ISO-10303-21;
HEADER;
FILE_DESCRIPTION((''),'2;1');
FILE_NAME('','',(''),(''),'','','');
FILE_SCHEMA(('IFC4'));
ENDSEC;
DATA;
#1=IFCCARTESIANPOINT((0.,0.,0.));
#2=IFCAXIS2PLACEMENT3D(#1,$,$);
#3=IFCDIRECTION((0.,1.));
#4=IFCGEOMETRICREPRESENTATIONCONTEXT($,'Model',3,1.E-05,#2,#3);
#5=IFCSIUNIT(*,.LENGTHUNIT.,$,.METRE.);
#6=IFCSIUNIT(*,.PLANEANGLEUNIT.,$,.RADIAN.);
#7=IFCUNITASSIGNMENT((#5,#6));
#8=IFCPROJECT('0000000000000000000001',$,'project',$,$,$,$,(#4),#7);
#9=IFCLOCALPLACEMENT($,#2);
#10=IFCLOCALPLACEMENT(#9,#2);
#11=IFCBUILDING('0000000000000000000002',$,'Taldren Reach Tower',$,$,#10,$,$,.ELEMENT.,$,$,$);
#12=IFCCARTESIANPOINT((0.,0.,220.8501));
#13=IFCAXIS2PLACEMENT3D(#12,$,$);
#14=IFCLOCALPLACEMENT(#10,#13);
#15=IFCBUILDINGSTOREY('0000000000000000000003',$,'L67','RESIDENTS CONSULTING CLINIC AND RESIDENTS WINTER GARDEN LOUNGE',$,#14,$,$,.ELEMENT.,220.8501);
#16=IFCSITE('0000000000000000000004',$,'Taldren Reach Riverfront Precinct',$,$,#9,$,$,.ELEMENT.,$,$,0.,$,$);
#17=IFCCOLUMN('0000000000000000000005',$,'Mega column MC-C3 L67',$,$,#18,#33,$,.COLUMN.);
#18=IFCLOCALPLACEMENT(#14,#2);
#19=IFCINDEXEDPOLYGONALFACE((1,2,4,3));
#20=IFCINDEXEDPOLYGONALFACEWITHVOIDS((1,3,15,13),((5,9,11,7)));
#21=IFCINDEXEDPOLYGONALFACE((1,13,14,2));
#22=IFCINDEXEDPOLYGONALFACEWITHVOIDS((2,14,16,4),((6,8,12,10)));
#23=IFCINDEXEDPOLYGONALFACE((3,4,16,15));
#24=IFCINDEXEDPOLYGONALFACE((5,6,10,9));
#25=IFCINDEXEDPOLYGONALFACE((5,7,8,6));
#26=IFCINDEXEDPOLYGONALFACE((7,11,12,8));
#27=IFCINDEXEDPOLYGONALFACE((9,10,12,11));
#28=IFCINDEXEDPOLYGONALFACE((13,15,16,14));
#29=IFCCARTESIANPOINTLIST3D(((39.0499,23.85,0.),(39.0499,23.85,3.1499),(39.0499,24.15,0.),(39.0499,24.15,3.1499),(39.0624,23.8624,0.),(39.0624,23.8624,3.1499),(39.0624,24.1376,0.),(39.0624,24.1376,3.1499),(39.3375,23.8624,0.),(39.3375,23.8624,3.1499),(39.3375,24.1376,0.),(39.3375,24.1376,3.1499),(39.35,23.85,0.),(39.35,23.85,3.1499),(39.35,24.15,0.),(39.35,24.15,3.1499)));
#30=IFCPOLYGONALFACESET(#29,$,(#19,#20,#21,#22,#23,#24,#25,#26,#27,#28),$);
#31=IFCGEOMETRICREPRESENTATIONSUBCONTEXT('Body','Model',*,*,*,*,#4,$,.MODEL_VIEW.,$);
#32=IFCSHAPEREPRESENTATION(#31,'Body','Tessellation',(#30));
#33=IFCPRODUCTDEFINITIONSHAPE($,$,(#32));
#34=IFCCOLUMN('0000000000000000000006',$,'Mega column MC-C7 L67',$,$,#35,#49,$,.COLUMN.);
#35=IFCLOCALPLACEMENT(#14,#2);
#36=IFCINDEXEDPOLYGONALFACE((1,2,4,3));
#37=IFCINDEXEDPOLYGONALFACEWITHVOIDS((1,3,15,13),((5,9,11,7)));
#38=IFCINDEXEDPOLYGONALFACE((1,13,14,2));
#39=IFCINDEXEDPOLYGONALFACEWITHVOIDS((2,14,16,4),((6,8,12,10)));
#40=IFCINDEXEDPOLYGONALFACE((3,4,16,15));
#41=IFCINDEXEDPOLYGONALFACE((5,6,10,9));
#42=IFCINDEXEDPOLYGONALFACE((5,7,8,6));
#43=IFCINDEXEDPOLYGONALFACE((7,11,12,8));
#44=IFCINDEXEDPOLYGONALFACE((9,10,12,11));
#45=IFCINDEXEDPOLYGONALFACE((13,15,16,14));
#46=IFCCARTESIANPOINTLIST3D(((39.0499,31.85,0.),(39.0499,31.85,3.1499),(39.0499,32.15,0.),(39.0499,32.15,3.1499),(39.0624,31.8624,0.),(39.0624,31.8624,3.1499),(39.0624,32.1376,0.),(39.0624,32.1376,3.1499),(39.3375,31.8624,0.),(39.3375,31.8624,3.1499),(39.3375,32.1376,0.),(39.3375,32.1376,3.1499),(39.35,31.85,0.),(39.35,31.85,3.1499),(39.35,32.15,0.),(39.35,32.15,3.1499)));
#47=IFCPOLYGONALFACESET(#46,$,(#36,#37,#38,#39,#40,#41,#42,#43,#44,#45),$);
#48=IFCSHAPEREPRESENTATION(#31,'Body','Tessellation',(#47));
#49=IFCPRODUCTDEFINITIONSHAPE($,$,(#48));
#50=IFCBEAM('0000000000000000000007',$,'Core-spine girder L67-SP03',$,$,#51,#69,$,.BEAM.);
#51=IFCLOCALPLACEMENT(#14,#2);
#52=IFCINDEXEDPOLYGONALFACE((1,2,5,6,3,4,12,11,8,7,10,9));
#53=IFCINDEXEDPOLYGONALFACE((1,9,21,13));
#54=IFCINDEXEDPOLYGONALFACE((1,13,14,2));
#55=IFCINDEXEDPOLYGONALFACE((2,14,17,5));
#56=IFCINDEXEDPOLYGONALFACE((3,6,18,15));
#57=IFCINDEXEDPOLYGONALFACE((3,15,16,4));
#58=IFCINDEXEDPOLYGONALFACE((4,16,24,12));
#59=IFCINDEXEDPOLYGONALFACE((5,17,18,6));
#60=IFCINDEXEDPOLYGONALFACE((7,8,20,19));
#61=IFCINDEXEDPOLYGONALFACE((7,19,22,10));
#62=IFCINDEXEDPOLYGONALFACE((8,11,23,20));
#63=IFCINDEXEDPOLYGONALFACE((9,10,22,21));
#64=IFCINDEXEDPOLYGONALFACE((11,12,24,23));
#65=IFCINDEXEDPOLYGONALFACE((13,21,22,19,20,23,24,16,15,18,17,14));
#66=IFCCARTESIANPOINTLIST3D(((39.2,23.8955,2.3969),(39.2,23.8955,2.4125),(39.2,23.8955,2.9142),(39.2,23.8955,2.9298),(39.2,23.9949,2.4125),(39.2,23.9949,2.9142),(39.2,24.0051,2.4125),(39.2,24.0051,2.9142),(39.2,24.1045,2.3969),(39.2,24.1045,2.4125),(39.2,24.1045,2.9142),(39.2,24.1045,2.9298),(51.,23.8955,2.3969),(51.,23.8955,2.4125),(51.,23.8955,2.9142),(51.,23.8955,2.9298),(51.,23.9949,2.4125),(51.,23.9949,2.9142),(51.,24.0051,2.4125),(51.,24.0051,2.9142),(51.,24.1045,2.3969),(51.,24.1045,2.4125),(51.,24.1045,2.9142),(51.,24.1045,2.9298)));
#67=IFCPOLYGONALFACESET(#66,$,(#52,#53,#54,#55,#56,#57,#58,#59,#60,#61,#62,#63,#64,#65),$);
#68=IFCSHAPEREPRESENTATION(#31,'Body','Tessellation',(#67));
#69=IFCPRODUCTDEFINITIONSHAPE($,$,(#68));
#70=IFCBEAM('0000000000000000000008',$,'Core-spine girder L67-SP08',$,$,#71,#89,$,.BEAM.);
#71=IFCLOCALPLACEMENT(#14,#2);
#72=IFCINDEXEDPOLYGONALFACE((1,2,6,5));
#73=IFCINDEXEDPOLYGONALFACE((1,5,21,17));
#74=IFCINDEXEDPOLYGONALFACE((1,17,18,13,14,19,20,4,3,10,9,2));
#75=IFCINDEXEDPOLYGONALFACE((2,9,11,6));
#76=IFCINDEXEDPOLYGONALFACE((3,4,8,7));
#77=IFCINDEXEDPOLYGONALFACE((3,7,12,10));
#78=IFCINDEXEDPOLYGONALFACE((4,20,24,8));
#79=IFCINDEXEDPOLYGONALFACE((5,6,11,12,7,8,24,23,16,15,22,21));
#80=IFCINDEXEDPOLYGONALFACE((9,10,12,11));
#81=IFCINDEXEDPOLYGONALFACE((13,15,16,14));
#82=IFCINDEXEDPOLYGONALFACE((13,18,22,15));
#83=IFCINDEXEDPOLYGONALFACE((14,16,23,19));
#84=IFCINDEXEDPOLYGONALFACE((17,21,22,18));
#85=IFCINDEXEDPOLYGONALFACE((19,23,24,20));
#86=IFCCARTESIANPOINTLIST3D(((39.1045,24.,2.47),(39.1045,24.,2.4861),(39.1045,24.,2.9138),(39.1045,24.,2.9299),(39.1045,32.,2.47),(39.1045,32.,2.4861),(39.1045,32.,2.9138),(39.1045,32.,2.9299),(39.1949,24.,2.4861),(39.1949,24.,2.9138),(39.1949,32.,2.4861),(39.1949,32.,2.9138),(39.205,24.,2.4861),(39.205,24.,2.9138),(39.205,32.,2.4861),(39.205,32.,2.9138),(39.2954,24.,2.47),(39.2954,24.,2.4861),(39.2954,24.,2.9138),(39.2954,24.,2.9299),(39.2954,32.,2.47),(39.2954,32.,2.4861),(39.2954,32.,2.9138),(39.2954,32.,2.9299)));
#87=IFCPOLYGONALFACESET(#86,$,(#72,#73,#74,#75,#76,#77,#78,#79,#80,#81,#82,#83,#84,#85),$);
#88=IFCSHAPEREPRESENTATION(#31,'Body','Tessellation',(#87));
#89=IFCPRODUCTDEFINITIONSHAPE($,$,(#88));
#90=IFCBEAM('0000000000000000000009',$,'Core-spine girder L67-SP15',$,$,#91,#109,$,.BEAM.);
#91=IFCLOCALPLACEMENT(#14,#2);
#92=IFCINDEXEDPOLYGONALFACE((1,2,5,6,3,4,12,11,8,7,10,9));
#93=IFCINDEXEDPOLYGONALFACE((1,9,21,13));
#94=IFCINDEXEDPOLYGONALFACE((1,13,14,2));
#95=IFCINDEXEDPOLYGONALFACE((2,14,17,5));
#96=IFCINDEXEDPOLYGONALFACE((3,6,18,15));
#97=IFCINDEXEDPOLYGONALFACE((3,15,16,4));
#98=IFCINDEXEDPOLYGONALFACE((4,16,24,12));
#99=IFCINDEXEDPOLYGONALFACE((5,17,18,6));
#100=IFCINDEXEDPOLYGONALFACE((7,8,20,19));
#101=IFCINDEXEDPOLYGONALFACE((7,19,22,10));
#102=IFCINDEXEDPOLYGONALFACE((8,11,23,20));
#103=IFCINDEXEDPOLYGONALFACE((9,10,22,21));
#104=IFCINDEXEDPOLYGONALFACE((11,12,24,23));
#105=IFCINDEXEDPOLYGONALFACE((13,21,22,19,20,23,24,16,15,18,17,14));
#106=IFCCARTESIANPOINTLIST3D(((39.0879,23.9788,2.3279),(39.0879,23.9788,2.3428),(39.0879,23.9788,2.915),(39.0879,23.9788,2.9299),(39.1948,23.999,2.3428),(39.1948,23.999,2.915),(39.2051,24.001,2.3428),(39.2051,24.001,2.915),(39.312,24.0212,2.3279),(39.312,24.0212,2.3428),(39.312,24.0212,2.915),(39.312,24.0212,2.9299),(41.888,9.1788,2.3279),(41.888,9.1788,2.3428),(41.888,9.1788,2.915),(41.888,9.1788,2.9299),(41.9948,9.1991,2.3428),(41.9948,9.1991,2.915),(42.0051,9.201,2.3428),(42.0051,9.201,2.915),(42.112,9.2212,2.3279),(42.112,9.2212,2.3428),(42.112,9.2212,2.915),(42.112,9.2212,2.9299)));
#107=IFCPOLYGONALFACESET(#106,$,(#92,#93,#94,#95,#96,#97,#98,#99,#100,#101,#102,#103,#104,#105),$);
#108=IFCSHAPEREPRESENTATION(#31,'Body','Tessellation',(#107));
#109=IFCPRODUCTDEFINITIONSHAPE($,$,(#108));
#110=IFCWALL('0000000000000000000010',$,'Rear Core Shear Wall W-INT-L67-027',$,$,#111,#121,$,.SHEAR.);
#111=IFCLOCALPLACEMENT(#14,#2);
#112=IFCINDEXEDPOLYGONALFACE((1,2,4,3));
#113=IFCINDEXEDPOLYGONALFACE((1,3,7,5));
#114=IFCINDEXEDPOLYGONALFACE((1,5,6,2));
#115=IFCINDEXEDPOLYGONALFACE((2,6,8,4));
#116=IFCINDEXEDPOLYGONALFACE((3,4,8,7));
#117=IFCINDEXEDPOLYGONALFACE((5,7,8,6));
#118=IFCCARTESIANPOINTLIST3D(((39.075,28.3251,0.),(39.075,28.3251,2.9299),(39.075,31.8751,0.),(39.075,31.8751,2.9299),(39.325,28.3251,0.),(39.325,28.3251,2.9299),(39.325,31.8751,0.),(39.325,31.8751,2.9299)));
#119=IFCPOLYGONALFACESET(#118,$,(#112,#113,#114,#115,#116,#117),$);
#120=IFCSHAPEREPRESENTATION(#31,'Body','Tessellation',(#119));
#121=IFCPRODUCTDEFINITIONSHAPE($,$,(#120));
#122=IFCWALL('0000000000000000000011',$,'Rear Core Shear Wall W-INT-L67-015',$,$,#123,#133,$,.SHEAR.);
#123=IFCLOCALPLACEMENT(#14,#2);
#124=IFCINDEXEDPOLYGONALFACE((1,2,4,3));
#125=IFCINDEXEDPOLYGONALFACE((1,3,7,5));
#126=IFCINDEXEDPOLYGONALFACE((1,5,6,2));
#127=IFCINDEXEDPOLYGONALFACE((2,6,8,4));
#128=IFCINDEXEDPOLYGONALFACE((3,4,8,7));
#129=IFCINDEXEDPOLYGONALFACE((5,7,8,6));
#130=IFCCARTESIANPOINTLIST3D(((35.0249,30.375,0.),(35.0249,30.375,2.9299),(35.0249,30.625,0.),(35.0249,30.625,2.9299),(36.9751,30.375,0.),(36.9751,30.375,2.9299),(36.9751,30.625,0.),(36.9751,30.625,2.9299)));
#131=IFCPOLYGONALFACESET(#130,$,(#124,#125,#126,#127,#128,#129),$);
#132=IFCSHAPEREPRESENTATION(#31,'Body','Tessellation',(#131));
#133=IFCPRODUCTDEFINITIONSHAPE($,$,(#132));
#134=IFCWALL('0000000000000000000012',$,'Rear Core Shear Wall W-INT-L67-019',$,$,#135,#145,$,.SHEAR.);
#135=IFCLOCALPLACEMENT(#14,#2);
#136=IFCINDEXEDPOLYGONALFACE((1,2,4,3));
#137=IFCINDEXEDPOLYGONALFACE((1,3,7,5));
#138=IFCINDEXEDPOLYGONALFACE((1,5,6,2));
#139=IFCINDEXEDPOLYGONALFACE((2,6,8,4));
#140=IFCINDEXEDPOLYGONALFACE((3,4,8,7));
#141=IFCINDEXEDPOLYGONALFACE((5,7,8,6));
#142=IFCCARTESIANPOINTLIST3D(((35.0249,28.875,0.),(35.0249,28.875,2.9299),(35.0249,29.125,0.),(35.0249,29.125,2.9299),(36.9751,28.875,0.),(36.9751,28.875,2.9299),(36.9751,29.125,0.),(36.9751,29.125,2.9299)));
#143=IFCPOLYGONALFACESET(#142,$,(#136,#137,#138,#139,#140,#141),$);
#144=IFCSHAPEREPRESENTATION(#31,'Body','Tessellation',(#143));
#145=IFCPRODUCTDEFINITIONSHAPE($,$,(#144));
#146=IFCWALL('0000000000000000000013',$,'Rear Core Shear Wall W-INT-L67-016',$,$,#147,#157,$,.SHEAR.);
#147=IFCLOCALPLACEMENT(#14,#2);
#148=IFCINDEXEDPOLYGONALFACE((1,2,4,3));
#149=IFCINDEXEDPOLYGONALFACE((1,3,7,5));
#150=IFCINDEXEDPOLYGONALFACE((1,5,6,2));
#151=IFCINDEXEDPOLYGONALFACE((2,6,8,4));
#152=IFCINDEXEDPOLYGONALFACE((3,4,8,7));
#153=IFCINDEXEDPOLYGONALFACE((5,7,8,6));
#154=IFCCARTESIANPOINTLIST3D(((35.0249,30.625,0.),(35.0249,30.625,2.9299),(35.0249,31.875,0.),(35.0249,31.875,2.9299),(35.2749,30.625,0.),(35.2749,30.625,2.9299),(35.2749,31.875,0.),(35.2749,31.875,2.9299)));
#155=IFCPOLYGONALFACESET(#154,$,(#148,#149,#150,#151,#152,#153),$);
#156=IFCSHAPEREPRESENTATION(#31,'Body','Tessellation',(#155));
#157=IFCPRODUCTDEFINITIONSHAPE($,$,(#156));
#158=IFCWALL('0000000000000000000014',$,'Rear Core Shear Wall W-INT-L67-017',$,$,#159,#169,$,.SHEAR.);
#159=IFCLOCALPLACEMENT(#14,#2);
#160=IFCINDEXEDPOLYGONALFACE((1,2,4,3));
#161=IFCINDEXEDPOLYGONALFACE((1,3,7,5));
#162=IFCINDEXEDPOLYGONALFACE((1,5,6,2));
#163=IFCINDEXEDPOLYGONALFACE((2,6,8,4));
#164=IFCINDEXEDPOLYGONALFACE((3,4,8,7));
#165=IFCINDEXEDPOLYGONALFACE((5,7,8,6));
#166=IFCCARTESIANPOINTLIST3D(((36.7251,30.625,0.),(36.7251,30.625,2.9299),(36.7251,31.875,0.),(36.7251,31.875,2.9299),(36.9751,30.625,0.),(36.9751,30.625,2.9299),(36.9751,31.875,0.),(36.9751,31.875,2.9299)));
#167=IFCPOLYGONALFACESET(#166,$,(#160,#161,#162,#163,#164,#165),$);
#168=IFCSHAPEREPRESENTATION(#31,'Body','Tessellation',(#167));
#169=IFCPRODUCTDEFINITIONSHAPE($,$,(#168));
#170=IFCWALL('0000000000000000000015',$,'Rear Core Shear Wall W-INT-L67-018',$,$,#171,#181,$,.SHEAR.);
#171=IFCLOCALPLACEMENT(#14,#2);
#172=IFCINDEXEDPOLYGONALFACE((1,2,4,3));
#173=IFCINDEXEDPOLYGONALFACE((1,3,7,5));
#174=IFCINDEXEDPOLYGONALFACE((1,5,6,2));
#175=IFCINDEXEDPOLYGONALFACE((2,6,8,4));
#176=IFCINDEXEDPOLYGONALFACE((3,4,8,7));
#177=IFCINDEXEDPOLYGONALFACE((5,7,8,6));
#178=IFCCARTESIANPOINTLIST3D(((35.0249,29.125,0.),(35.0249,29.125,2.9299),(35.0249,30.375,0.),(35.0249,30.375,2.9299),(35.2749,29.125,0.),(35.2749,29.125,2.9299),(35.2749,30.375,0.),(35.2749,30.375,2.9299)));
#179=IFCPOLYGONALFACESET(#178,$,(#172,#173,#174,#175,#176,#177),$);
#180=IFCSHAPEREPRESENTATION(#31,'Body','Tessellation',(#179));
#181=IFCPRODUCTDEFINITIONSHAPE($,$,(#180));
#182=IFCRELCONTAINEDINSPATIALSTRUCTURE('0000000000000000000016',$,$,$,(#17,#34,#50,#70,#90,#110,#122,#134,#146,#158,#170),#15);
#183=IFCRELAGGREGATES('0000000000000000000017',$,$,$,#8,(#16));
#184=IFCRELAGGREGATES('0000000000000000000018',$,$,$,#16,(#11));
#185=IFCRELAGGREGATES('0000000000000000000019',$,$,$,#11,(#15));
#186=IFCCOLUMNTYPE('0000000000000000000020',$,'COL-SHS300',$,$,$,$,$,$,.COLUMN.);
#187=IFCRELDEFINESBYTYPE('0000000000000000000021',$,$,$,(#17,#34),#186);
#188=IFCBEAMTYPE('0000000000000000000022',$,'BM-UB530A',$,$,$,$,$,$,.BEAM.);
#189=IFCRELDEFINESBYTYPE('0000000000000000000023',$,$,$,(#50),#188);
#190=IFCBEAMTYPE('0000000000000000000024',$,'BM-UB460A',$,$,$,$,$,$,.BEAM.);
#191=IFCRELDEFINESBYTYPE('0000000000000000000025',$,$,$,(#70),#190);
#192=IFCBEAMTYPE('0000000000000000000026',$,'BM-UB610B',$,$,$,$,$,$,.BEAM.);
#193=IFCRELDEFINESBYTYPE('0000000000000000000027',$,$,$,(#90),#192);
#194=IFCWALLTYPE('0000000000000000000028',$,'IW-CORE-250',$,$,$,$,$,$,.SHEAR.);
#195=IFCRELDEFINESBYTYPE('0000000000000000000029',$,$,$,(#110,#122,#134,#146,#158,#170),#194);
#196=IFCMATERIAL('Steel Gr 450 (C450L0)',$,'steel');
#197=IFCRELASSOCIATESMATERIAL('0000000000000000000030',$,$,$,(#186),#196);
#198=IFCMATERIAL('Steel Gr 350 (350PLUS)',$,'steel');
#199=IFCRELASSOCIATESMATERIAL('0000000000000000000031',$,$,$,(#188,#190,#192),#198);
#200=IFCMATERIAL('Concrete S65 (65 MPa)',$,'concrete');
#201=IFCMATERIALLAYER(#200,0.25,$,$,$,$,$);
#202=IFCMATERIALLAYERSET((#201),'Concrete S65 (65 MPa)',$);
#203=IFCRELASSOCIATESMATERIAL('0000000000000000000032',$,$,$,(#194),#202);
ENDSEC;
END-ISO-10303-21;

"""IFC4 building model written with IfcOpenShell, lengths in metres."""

from ifc_helpers import new_model, si_unit, direction, frame, frame_2d, origin, origin_2d, place, context, subcontext, project, spatial, rectangle, hollow_rectangle, i_section, extrude, source, transform, mapped, material, layer, layer_set, material_profile, profile_set, type_object, element, save


model = new_model("IFC4")

# Units and contexts
model_context = context("Model", 3, precision=1e-05, world=origin(), true_north=direction((0.0, 1.0)))
body_context = subcontext(model_context, "Body", "Model", "MODEL_VIEW")
ifc_project = project(units=[si_unit("LENGTHUNIT", "METRE"), si_unit("PLANEANGLEUNIT", "RADIAN")], contexts=[model_context])

# Site, building, storey
site_placement = place(None, origin())
site = spatial("IfcSite", under=ifc_project, at=site_placement, Name="Taldren Reach Riverfront Precinct", CompositionType="ELEMENT", RefElevation=0.0)
building_placement = place(site_placement, origin())
building = spatial("IfcBuilding", under=site, at=building_placement, Name="Taldren Reach Tower", CompositionType="ELEMENT")
storey_placement = place(building_placement, frame((0.0, 0.0, 220.8501)))
storey = spatial("IfcBuildingStorey", under=building, at=storey_placement, Name="L67", Description="RESIDENTS CONSULTING CLINIC AND RESIDENTS WINTER GARDEN LOUNGE", CompositionType="ELEMENT", Elevation=220.8501)

# Columns
ifc_material_1 = material(Name="Steel Gr 450 (C450L0)", Category="steel")
ifc_material_profile_1 = material_profile(ifc_material_1, hollow_rectangle(XDim=0.3, YDim=0.3, WallThickness=0.0125, at=origin_2d()), Name="300x300x12.5SHS")
ifc_profile_set_1 = profile_set([ifc_material_profile_1], Name="Steel Gr 450 (C450L0)")
column_type = type_object("IfcColumnType", Name="COL-SHS300", PredefinedType="COLUMN", material=ifc_profile_set_1)
shared_shape_1 = source(origin(), body_context, "Body", "SweptSolid", [
    extrude(hollow_rectangle(XDim=0.3, YDim=0.3, WallThickness=0.0125, at=origin_2d()), origin(), (0.0, 0.0, 1.0), 3.1499),
])
for number, where, z_axis, x_axis, name in (
    (1, (39.2, 24.0, 0.0), (0.0, 0.0, 1.0), (1.0, 0.0, 0.0), "Mega column MC-C3 L67"),
    (2, (39.2, 32.0, 0.0), (0.0, 0.0, 1.0), (1.0, 0.0, 0.0), "Mega column MC-C7 L67"),
):
    element("IfcColumn", number, at=place(storey_placement, frame(where, z_axis=z_axis, x_axis=x_axis)), inside=storey, type_object=column_type, Name=name, PredefinedType="COLUMN", context=body_context, shape_type="MappedRepresentation", body=[
        mapped(shared_shape_1, transform((0.0, 0.0, 0.0), scale=1.0)),
    ])

# Beams
ifc_material_2 = material(Name="Steel Gr 350 (350PLUS)", Category="steel")
ifc_material_profile_2 = material_profile(ifc_material_2, i_section(OverallWidth=0.209, OverallDepth=0.533, WebThickness=0.0103, FlangeThickness=0.0156, at=origin_2d()), Name="530UB92.4")
ifc_profile_set_2 = profile_set([ifc_material_profile_2], Name="Steel Gr 350 (350PLUS)")
beam_type_1 = type_object("IfcBeamType", Name="BM-UB530A", PredefinedType="BEAM", material=ifc_profile_set_2)
shared_shape_2 = source(origin(), body_context, "Body", "SweptSolid", [
    extrude(i_section(OverallWidth=0.209, OverallDepth=0.533, WebThickness=0.0103, FlangeThickness=0.0156, at=origin_2d()), origin(), (0.0, 0.0, 1.0), 11.8),
])
beam_1_placement = place(storey_placement, frame((39.2, 24.0, 2.6633), z_axis=(1.0, 0.0, 0.0), x_axis=(0.0, 1.0, 0.0)))
element("IfcBeam", 3, at=beam_1_placement, inside=storey, type_object=beam_type_1, Name="Core-spine girder L67-SP03", PredefinedType="BEAM", context=body_context, shape_type="MappedRepresentation", body=[
    mapped(shared_shape_2, transform((0.0, 0.0, 0.0), scale=1.0)),
])
ifc_material_profile_3 = material_profile(ifc_material_2, i_section(OverallWidth=0.1909, OverallDepth=0.46, WebThickness=0.01, FlangeThickness=0.0161, at=origin_2d()), Name="460UB82.1")
ifc_profile_set_3 = profile_set([ifc_material_profile_3], Name="Steel Gr 350 (350PLUS)")
beam_type_2 = type_object("IfcBeamType", Name="BM-UB460A", PredefinedType="BEAM", material=ifc_profile_set_3)
shared_shape_3 = source(origin(), body_context, "Body", "SweptSolid", [
    extrude(i_section(OverallWidth=0.1909, OverallDepth=0.46, WebThickness=0.01, FlangeThickness=0.0161, at=origin_2d()), origin(), (0.0, 0.0, 1.0), 8.0),
])
beam_2_placement = place(storey_placement, frame((39.2, 24.0, 2.7), z_axis=(0.0, 1.0, 0.0), x_axis=(-1.0, 0.0, 0.0)))
element("IfcBeam", 4, at=beam_2_placement, inside=storey, type_object=beam_type_2, Name="Core-spine girder L67-SP08", PredefinedType="BEAM", context=body_context, shape_type="MappedRepresentation", body=[
    mapped(shared_shape_3, transform((0.0, 0.0, 0.0), scale=1.0)),
])
ifc_material_profile_4 = material_profile(ifc_material_2, i_section(OverallWidth=0.228, OverallDepth=0.6021, WebThickness=0.0105, FlangeThickness=0.0149, at=origin_2d()), Name="610UB101")
ifc_profile_set_4 = profile_set([ifc_material_profile_4], Name="Steel Gr 350 (350PLUS)")
beam_type_3 = type_object("IfcBeamType", Name="BM-UB610B", PredefinedType="BEAM", material=ifc_profile_set_4)
shared_shape_4 = source(origin(), body_context, "Body", "SweptSolid", [
    extrude(i_section(OverallWidth=0.228, OverallDepth=0.6021, WebThickness=0.0105, FlangeThickness=0.0149, at=origin_2d()), origin(), (0.0, 0.0, 1.0), 15.0625),
])
beam_3_placement = place(storey_placement, frame((39.2, 24.0, 2.6289), z_axis=(0.185894, -0.98257, 0.0), x_axis=(0.98257, 0.185894, 0.0)))
element("IfcBeam", 5, at=beam_3_placement, inside=storey, type_object=beam_type_3, Name="Core-spine girder L67-SP15", PredefinedType="BEAM", context=body_context, shape_type="MappedRepresentation", body=[
    mapped(shared_shape_4, transform((0.0, 0.0, 0.0), scale=1.0)),
])

# Walls
ifc_material_3 = material(Name="Concrete S65 (65 MPa)", Category="concrete")
ifc_layer_1 = layer(ifc_material_3, 0.25)
ifc_layer_set_1 = layer_set([ifc_layer_1], Name="Concrete S65 (65 MPa)")
wall_type_1 = type_object("IfcWallType", Name="IW-CORE-250", PredefinedType="SHEAR", material=ifc_layer_set_1)
shared_shape_5 = source(origin(), body_context, "Body", "SweptSolid", [
    extrude(rectangle(XDim=3.55, YDim=0.25, at=frame_2d((1.7749, 0.0))), origin(), (0.0, 0.0, 1.0), 2.9299),
])
wall_1_placement = place(storey_placement, frame((39.2, 31.875, 0.0), z_axis=(0.0, 0.0, 1.0), x_axis=(0.0, -1.0, 0.0)))
element("IfcWall", 6, at=wall_1_placement, inside=storey, type_object=wall_type_1, Name="Rear Core Shear Wall W-INT-L67-027", PredefinedType="SHEAR", context=body_context, shape_type="MappedRepresentation", body=[
    mapped(shared_shape_5, transform((0.0, 0.0, 0.0), scale=1.0)),
])
shared_shape_6 = source(origin(), body_context, "Body", "SweptSolid", [
    extrude(rectangle(XDim=1.9502, YDim=0.25, at=frame_2d((0.9751, 0.0))), origin(), (0.0, 0.0, 1.0), 2.9299),
])
for number, where, z_axis, x_axis, name in (
    (7, (35.0249, 30.5, 0.0), (0.0, 0.0, 1.0), (1.0, 0.0, 0.0), "Rear Core Shear Wall W-INT-L67-015"),
    (8, (35.0249, 29.0, 0.0), (0.0, 0.0, 1.0), (1.0, 0.0, 0.0), "Rear Core Shear Wall W-INT-L67-019"),
):
    element("IfcWall", number, at=place(storey_placement, frame(where, z_axis=z_axis, x_axis=x_axis)), inside=storey, type_object=wall_type_1, Name=name, PredefinedType="SHEAR", context=body_context, shape_type="MappedRepresentation", body=[
        mapped(shared_shape_6, transform((0.0, 0.0, 0.0), scale=1.0)),
    ])
shared_shape_7 = source(origin(), body_context, "Body", "SweptSolid", [
    extrude(rectangle(XDim=1.25, YDim=0.25, at=frame_2d((0.625, 0.0))), origin(), (0.0, 0.0, 1.0), 2.9299),
])
for number, where, z_axis, x_axis, name in (
    (9, (35.1499, 31.875, 0.0), (0.0, 0.0, 1.0), (0.0, -1.0, 0.0), "Rear Core Shear Wall W-INT-L67-016"),
    (10, (36.8501, 30.625, 0.0), (0.0, 0.0, 1.0), (0.0, 1.0, 0.0), "Rear Core Shear Wall W-INT-L67-017"),
    (11, (35.1499, 30.375, 0.0), (0.0, 0.0, 1.0), (0.0, -1.0, 0.0), "Rear Core Shear Wall W-INT-L67-018"),
):
    element("IfcWall", number, at=place(storey_placement, frame(where, z_axis=z_axis, x_axis=x_axis)), inside=storey, type_object=wall_type_1, Name=name, PredefinedType="SHEAR", context=body_context, shape_type="MappedRepresentation", body=[
        mapped(shared_shape_7, transform((0.0, 0.0, 0.0), scale=1.0)),
    ])

save(model, "model.ifc")
